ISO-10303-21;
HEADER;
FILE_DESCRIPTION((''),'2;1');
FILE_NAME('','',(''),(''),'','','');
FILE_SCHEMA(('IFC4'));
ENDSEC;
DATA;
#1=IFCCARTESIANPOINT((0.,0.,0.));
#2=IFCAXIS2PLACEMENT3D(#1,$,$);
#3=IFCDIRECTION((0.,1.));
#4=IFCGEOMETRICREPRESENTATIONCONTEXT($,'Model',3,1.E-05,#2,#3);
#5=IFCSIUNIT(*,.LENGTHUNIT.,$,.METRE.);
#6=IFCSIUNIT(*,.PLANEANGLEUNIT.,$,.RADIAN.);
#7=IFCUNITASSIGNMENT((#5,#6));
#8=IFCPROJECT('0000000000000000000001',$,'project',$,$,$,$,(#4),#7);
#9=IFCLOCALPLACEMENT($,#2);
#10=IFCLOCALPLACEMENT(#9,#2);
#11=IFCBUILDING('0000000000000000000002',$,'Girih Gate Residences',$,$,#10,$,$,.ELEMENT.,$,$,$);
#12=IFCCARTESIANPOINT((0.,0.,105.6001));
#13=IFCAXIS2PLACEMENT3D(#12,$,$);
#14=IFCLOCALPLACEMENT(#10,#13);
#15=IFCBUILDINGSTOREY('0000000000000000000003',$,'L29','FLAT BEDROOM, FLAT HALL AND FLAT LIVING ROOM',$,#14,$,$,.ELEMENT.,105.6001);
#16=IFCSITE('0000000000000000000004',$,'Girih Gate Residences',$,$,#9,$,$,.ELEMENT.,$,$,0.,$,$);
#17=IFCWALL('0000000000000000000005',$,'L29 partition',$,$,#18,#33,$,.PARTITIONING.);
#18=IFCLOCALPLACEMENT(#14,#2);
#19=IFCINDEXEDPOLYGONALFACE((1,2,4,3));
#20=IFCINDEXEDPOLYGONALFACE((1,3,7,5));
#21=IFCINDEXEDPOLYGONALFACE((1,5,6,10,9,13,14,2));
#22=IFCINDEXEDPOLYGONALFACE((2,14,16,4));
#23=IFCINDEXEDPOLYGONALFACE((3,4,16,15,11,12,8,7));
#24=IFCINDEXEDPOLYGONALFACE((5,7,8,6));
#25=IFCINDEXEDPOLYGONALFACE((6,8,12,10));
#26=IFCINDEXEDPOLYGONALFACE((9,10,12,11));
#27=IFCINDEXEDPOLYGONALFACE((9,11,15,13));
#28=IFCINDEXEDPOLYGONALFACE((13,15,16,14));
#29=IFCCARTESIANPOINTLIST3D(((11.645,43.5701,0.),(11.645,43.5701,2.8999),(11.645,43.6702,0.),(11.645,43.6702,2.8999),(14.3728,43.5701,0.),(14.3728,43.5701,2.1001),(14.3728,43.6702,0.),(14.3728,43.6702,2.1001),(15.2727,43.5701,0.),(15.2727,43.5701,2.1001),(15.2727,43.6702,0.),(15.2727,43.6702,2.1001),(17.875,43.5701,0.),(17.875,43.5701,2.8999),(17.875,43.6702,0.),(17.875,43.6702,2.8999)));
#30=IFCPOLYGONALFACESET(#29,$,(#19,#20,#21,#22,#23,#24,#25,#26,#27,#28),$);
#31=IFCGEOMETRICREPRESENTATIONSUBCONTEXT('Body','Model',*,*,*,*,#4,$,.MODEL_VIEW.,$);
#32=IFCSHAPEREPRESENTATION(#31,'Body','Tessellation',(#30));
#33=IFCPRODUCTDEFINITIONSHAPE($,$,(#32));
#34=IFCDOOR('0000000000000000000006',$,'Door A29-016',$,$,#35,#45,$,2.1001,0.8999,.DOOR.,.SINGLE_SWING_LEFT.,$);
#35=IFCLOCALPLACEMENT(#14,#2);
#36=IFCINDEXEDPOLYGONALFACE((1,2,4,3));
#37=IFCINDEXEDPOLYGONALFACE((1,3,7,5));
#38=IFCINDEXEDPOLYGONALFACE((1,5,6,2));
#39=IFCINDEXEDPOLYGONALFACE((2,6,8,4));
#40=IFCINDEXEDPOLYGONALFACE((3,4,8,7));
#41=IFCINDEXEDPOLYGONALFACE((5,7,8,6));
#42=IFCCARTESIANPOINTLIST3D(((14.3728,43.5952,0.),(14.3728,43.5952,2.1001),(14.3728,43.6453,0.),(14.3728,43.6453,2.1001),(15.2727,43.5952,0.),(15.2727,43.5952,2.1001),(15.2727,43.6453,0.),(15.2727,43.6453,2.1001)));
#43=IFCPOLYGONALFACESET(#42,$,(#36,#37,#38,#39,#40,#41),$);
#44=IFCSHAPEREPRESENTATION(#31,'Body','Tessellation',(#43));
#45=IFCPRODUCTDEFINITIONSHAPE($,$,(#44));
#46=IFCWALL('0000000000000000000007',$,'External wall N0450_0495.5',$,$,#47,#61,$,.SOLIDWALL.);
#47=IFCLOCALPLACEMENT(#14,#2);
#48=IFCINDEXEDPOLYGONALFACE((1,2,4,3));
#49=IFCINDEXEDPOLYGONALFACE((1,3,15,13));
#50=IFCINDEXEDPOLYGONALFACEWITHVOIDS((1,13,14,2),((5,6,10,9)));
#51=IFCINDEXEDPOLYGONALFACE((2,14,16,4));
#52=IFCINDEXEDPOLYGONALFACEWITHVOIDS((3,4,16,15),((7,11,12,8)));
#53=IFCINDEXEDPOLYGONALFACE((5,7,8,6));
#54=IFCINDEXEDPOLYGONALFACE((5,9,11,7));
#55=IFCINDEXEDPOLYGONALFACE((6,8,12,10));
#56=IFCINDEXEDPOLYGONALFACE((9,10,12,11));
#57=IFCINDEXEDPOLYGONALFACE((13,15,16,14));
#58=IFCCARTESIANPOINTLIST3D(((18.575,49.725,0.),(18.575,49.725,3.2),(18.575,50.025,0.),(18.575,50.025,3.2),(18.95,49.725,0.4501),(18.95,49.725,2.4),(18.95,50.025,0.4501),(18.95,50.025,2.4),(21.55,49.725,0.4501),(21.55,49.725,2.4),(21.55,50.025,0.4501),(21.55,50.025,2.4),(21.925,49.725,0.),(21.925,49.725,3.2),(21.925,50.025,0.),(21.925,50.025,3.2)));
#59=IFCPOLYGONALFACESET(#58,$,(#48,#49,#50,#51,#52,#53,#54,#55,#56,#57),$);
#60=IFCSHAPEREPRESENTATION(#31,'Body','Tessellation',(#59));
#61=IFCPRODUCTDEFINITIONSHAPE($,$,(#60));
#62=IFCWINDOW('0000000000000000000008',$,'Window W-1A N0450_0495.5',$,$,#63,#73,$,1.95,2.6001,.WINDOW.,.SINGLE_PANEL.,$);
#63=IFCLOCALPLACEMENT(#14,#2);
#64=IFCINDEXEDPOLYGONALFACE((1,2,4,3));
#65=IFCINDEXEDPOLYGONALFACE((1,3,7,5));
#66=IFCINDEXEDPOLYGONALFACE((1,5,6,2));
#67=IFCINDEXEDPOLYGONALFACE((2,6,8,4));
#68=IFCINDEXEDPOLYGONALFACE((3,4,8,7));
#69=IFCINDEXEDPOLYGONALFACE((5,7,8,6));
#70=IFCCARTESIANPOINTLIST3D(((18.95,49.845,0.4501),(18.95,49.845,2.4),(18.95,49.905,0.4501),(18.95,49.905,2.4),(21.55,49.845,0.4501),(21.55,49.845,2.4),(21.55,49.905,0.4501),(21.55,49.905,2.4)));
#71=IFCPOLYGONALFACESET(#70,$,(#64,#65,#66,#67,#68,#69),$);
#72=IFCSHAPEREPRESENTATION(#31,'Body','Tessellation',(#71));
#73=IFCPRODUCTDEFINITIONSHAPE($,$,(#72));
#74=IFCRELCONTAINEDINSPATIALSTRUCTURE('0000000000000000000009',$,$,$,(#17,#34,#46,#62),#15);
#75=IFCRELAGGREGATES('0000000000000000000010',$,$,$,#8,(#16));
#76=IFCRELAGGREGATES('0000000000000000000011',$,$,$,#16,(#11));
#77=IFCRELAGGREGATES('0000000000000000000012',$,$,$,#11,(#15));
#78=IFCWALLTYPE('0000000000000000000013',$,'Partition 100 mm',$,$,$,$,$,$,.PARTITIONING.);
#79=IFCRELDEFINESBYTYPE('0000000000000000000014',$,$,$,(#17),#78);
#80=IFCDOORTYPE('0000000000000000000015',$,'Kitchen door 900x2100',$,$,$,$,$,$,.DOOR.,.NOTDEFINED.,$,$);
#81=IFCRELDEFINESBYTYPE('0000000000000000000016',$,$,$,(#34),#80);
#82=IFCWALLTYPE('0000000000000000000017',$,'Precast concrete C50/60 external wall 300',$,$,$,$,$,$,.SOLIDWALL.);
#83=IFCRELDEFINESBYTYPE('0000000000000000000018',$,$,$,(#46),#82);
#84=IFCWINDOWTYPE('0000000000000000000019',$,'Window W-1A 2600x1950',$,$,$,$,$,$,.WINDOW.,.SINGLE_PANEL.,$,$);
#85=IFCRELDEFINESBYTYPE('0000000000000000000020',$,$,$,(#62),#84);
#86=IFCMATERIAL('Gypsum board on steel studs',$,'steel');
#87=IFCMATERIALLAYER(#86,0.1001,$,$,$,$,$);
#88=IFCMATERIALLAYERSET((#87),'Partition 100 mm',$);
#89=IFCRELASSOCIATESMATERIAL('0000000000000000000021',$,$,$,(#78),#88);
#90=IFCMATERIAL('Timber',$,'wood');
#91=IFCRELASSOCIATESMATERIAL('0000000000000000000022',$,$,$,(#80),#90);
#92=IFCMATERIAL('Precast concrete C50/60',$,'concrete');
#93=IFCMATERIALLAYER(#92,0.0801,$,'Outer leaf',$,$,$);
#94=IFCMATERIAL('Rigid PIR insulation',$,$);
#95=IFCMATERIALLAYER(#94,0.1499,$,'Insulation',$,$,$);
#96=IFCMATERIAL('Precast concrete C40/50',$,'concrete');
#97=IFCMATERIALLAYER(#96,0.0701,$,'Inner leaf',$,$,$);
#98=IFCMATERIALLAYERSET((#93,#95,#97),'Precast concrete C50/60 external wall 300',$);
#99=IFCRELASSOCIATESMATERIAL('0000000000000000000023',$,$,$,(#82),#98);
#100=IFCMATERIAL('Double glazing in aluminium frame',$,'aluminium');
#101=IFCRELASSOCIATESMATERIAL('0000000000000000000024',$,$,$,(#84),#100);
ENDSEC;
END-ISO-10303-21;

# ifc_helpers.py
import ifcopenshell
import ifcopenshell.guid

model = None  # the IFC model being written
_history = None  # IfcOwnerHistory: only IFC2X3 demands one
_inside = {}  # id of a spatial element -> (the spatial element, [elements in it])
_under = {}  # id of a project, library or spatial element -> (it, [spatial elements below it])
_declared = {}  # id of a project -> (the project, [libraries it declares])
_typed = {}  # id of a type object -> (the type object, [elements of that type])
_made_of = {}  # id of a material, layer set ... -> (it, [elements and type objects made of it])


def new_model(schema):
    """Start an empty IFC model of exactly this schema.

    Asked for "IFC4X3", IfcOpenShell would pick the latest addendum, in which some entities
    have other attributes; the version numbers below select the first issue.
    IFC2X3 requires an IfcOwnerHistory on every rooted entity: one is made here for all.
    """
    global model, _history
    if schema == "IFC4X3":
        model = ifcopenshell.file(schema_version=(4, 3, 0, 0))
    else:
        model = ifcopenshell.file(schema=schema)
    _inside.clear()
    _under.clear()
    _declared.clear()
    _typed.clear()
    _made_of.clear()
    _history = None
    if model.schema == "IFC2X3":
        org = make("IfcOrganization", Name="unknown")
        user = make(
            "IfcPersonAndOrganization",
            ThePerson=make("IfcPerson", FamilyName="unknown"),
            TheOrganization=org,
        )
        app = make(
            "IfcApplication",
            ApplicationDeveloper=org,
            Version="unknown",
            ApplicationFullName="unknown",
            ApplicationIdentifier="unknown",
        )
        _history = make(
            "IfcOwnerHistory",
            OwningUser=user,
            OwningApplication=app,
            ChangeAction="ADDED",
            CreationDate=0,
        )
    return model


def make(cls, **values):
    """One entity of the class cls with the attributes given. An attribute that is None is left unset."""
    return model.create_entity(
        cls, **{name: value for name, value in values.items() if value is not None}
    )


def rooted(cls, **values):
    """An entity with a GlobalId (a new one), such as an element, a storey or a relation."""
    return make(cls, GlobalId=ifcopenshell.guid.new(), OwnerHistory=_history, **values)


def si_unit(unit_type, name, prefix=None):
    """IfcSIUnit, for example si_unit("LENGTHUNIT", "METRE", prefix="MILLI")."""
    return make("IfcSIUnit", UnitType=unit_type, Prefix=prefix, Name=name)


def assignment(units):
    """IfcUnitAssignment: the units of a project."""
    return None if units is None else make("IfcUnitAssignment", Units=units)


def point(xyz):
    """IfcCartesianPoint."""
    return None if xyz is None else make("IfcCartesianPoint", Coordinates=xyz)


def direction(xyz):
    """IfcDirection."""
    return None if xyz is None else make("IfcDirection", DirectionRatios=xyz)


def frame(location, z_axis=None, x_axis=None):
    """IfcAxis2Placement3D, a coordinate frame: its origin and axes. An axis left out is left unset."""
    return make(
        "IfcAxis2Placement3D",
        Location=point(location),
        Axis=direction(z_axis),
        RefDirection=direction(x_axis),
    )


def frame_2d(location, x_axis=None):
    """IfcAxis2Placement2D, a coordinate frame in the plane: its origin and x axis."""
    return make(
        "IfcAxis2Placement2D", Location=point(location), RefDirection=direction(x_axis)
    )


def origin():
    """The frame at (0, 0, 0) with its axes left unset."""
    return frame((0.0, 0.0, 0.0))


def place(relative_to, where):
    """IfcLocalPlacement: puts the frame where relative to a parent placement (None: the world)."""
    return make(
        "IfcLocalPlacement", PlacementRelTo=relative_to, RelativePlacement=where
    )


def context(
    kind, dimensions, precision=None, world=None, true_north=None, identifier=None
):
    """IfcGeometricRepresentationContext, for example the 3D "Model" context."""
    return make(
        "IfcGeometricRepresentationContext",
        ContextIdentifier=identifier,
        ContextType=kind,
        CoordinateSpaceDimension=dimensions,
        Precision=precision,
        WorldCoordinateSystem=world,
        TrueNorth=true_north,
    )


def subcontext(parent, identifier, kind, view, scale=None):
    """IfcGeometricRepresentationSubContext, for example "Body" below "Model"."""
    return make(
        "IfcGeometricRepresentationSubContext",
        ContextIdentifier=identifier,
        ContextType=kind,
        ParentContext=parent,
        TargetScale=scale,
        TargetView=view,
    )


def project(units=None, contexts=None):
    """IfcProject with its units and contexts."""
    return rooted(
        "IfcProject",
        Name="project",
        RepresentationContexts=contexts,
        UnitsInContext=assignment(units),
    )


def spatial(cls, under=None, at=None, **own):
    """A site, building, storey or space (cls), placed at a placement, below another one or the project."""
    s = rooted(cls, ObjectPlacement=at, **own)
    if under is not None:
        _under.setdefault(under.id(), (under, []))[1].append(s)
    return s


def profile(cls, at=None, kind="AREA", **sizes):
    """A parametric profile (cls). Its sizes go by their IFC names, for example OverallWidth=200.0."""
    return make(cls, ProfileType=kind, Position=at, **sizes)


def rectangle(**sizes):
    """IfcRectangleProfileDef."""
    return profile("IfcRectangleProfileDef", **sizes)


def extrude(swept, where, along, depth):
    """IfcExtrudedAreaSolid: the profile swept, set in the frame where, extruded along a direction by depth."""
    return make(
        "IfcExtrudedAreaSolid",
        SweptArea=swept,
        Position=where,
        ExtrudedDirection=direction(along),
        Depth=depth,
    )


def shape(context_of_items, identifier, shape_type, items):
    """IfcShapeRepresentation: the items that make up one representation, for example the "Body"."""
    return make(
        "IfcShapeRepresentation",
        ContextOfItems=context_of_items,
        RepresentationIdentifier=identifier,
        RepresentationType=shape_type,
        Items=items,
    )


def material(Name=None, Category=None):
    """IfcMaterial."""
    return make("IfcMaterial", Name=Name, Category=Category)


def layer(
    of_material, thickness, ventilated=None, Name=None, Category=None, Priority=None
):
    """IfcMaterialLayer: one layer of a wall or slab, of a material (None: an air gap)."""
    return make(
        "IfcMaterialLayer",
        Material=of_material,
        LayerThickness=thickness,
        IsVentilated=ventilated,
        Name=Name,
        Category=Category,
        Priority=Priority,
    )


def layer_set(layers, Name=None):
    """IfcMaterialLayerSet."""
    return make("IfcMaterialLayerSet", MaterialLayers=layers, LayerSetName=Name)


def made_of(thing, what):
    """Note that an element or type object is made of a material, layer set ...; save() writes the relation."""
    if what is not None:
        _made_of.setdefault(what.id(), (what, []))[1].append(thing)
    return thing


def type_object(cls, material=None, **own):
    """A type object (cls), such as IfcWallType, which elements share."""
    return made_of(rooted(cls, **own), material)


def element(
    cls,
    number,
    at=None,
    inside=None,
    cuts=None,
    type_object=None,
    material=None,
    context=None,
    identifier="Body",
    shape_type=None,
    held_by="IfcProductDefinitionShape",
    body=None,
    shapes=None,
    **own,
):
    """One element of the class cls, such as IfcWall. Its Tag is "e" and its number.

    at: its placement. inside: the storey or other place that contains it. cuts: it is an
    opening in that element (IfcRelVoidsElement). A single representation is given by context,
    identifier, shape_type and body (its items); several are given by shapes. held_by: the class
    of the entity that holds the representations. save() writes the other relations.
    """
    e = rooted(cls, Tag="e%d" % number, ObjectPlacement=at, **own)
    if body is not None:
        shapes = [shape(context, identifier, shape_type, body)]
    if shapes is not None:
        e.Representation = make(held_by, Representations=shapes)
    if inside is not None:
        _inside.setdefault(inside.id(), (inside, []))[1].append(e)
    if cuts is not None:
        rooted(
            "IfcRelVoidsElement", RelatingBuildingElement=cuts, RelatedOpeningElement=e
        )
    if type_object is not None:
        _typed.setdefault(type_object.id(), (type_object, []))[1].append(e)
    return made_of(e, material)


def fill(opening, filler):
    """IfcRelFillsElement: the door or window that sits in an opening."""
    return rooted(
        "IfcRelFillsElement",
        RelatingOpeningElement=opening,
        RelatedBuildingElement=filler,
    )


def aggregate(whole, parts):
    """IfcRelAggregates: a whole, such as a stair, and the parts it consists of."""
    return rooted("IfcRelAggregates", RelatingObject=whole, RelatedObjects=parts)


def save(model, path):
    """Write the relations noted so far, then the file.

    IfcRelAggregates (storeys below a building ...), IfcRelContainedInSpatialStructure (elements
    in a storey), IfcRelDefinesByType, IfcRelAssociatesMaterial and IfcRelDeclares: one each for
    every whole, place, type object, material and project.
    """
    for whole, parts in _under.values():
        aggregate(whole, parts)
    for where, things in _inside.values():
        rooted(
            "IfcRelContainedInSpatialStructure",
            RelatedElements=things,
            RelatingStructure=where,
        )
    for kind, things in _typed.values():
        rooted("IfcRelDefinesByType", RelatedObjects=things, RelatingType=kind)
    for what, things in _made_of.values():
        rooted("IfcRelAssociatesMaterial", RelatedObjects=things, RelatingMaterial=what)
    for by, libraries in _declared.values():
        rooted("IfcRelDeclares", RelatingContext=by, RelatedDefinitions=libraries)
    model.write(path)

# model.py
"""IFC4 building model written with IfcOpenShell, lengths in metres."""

from ifc_helpers import new_model, si_unit, direction, frame, frame_2d, origin, place, context, subcontext, project, spatial, rectangle, extrude, material, layer, layer_set, type_object, element, fill, save


model = new_model("IFC4")

# Units and contexts
model_context = context("Model", 3, precision=1e-05, world=origin(), true_north=direction((0.0, 1.0)))
body_context = subcontext(model_context, "Body", "Model", "MODEL_VIEW")
ifc_project = project(units=[si_unit("LENGTHUNIT", "METRE"), si_unit("PLANEANGLEUNIT", "RADIAN")], contexts=[model_context])

# Site, building, storey
site_placement = place(None, origin())
site = spatial("IfcSite", under=ifc_project, at=site_placement, Name="Girih Gate Residences", CompositionType="ELEMENT", RefElevation=0.0)
building_placement = place(site_placement, origin())
building = spatial("IfcBuilding", under=site, at=building_placement, Name="Girih Gate Residences", CompositionType="ELEMENT")
storey_placement = place(building_placement, frame((0.0, 0.0, 105.6001)))
storey = spatial("IfcBuildingStorey", under=building, at=storey_placement, Name="L29", Description="FLAT BEDROOM, FLAT HALL AND FLAT LIVING ROOM", CompositionType="ELEMENT", Elevation=105.6001)

# Shared definitions
ifc_material_1 = material(Name="Gypsum board on steel studs", Category="steel")

# Wall, opening, door
ifc_layer_1 = layer(ifc_material_1, 0.1001)
ifc_layer_set_1 = layer_set([ifc_layer_1], Name="Partition 100 mm")
wall_type_1 = type_object("IfcWallType", Name="Partition 100 mm", PredefinedType="PARTITIONING", material=ifc_layer_set_1)
wall_1_placement = place(storey_placement, frame((17.875, 43.6201, 0.0), z_axis=(0.0, 0.0, 1.0), x_axis=(-1.0, 0.0, 0.0)))
wall_1 = element("IfcWall", 1, at=wall_1_placement, inside=storey, type_object=wall_type_1, Name="L29 partition", PredefinedType="PARTITIONING", context=body_context, shape_type="SweptSolid", body=[
    extrude(rectangle(XDim=6.23, YDim=0.1001, at=frame_2d((3.115, 0.0))), origin(), (0.0, 0.0, 1.0), 2.8999),
])
opening_1_placement = place(wall_1_placement, frame((2.6023, 0.0, 0.0)))
opening_1 = element("IfcOpeningElement", 2, at=opening_1_placement, cuts=wall_1, PredefinedType="OPENING", context=body_context, shape_type="SweptSolid", body=[
    extrude(rectangle(XDim=0.8999, YDim=2.1001, at=frame_2d((0.45, 1.05))), frame((0.0, 0.0601, 0.0), z_axis=(0.0, -1.0, 0.0), x_axis=(1.0, 0.0, 0.0)), (0.0, 0.0, 1.0), 0.1201),
])
ifc_material_2 = material(Name="Timber", Category="wood")
door_type_1 = type_object("IfcDoorType", Name="Kitchen door 900x2100", OperationType="NOTDEFINED", PredefinedType="DOOR", material=ifc_material_2)
door_1_placement = place(opening_1_placement, origin())
door_1 = element("IfcDoor", 3, at=door_1_placement, inside=storey, type_object=door_type_1, Name="Door A29-016", OperationType="SINGLE_SWING_LEFT", OverallHeight=2.1001, OverallWidth=0.8999, PredefinedType="DOOR", context=body_context, shape_type="SweptSolid", body=[
    extrude(rectangle(XDim=0.8999, YDim=2.1001, at=frame_2d((0.45, 1.05))), frame((0.0, 0.0249, 0.0), z_axis=(0.0, -1.0, 0.0), x_axis=(1.0, 0.0, 0.0)), (0.0, 0.0, 1.0), 0.05),
])
fill(opening_1, door_1)

# Wall, opening, window
ifc_material_3 = material(Name="Precast concrete C50/60", Category="concrete")
ifc_layer_2 = layer(ifc_material_3, 0.0801, Name="Outer leaf")
ifc_material_4 = material(Name="Rigid PIR insulation")
ifc_layer_3 = layer(ifc_material_4, 0.1499, Name="Insulation")
ifc_material_5 = material(Name="Precast concrete C40/50", Category="concrete")
ifc_layer_4 = layer(ifc_material_5, 0.0701, Name="Inner leaf")
ifc_layer_set_2 = layer_set([ifc_layer_2, ifc_layer_3, ifc_layer_4], Name="Precast concrete C50/60 external wall 300")
wall_type_2 = type_object("IfcWallType", Name="Precast concrete C50/60 external wall 300", PredefinedType="SOLIDWALL", material=ifc_layer_set_2)
wall_2_placement = place(storey_placement, frame((18.575, 49.875, 0.0), z_axis=(0.0, 0.0, 1.0), x_axis=(1.0, 0.0, 0.0)))
wall_2 = element("IfcWall", 4, at=wall_2_placement, inside=storey, type_object=wall_type_2, Name="External wall N0450_0495.5", PredefinedType="SOLIDWALL", context=body_context, shape_type="SweptSolid", body=[
    extrude(rectangle(XDim=3.3501, YDim=0.3, at=frame_2d((1.675, 0.0))), origin(), (0.0, 0.0, 1.0), 3.2),
])
opening_2_placement = place(wall_2_placement, frame((0.375, 0.0, 0.45)))
opening_2 = element("IfcOpeningElement", 5, at=opening_2_placement, cuts=wall_2, PredefinedType="OPENING", context=body_context, shape_type="SweptSolid", body=[
    extrude(rectangle(XDim=2.6001, YDim=1.95, at=frame_2d((1.3, 0.9751))), frame((0.0, 0.1599, 0.0), z_axis=(0.0, -1.0, 0.0), x_axis=(1.0, 0.0, 0.0)), (0.0, 0.0, 1.0), 0.3201),
])
ifc_material_6 = material(Name="Double glazing in aluminium frame", Category="aluminium")
window_type = type_object("IfcWindowType", Name="Window W-1A 2600x1950", PartitioningType="SINGLE_PANEL", PredefinedType="WINDOW", material=ifc_material_6)
window_placement = place(opening_2_placement, origin())
window = element("IfcWindow", 6, at=window_placement, inside=storey, type_object=window_type, Name="Window W-1A N0450_0495.5", OverallHeight=1.95, OverallWidth=2.6001, PartitioningType="SINGLE_PANEL", PredefinedType="WINDOW", context=body_context, shape_type="SweptSolid", body=[
    extrude(rectangle(XDim=2.6001, YDim=1.95, at=frame_2d((1.3, 0.9751))), frame((0.0, 0.03, 0.0), z_axis=(0.0, -1.0, 0.0), x_axis=(1.0, 0.0, 0.0)), (0.0, 0.0, 1.0), 0.0601),
])
fill(opening_2, window)

save(model, "model.ifc")
